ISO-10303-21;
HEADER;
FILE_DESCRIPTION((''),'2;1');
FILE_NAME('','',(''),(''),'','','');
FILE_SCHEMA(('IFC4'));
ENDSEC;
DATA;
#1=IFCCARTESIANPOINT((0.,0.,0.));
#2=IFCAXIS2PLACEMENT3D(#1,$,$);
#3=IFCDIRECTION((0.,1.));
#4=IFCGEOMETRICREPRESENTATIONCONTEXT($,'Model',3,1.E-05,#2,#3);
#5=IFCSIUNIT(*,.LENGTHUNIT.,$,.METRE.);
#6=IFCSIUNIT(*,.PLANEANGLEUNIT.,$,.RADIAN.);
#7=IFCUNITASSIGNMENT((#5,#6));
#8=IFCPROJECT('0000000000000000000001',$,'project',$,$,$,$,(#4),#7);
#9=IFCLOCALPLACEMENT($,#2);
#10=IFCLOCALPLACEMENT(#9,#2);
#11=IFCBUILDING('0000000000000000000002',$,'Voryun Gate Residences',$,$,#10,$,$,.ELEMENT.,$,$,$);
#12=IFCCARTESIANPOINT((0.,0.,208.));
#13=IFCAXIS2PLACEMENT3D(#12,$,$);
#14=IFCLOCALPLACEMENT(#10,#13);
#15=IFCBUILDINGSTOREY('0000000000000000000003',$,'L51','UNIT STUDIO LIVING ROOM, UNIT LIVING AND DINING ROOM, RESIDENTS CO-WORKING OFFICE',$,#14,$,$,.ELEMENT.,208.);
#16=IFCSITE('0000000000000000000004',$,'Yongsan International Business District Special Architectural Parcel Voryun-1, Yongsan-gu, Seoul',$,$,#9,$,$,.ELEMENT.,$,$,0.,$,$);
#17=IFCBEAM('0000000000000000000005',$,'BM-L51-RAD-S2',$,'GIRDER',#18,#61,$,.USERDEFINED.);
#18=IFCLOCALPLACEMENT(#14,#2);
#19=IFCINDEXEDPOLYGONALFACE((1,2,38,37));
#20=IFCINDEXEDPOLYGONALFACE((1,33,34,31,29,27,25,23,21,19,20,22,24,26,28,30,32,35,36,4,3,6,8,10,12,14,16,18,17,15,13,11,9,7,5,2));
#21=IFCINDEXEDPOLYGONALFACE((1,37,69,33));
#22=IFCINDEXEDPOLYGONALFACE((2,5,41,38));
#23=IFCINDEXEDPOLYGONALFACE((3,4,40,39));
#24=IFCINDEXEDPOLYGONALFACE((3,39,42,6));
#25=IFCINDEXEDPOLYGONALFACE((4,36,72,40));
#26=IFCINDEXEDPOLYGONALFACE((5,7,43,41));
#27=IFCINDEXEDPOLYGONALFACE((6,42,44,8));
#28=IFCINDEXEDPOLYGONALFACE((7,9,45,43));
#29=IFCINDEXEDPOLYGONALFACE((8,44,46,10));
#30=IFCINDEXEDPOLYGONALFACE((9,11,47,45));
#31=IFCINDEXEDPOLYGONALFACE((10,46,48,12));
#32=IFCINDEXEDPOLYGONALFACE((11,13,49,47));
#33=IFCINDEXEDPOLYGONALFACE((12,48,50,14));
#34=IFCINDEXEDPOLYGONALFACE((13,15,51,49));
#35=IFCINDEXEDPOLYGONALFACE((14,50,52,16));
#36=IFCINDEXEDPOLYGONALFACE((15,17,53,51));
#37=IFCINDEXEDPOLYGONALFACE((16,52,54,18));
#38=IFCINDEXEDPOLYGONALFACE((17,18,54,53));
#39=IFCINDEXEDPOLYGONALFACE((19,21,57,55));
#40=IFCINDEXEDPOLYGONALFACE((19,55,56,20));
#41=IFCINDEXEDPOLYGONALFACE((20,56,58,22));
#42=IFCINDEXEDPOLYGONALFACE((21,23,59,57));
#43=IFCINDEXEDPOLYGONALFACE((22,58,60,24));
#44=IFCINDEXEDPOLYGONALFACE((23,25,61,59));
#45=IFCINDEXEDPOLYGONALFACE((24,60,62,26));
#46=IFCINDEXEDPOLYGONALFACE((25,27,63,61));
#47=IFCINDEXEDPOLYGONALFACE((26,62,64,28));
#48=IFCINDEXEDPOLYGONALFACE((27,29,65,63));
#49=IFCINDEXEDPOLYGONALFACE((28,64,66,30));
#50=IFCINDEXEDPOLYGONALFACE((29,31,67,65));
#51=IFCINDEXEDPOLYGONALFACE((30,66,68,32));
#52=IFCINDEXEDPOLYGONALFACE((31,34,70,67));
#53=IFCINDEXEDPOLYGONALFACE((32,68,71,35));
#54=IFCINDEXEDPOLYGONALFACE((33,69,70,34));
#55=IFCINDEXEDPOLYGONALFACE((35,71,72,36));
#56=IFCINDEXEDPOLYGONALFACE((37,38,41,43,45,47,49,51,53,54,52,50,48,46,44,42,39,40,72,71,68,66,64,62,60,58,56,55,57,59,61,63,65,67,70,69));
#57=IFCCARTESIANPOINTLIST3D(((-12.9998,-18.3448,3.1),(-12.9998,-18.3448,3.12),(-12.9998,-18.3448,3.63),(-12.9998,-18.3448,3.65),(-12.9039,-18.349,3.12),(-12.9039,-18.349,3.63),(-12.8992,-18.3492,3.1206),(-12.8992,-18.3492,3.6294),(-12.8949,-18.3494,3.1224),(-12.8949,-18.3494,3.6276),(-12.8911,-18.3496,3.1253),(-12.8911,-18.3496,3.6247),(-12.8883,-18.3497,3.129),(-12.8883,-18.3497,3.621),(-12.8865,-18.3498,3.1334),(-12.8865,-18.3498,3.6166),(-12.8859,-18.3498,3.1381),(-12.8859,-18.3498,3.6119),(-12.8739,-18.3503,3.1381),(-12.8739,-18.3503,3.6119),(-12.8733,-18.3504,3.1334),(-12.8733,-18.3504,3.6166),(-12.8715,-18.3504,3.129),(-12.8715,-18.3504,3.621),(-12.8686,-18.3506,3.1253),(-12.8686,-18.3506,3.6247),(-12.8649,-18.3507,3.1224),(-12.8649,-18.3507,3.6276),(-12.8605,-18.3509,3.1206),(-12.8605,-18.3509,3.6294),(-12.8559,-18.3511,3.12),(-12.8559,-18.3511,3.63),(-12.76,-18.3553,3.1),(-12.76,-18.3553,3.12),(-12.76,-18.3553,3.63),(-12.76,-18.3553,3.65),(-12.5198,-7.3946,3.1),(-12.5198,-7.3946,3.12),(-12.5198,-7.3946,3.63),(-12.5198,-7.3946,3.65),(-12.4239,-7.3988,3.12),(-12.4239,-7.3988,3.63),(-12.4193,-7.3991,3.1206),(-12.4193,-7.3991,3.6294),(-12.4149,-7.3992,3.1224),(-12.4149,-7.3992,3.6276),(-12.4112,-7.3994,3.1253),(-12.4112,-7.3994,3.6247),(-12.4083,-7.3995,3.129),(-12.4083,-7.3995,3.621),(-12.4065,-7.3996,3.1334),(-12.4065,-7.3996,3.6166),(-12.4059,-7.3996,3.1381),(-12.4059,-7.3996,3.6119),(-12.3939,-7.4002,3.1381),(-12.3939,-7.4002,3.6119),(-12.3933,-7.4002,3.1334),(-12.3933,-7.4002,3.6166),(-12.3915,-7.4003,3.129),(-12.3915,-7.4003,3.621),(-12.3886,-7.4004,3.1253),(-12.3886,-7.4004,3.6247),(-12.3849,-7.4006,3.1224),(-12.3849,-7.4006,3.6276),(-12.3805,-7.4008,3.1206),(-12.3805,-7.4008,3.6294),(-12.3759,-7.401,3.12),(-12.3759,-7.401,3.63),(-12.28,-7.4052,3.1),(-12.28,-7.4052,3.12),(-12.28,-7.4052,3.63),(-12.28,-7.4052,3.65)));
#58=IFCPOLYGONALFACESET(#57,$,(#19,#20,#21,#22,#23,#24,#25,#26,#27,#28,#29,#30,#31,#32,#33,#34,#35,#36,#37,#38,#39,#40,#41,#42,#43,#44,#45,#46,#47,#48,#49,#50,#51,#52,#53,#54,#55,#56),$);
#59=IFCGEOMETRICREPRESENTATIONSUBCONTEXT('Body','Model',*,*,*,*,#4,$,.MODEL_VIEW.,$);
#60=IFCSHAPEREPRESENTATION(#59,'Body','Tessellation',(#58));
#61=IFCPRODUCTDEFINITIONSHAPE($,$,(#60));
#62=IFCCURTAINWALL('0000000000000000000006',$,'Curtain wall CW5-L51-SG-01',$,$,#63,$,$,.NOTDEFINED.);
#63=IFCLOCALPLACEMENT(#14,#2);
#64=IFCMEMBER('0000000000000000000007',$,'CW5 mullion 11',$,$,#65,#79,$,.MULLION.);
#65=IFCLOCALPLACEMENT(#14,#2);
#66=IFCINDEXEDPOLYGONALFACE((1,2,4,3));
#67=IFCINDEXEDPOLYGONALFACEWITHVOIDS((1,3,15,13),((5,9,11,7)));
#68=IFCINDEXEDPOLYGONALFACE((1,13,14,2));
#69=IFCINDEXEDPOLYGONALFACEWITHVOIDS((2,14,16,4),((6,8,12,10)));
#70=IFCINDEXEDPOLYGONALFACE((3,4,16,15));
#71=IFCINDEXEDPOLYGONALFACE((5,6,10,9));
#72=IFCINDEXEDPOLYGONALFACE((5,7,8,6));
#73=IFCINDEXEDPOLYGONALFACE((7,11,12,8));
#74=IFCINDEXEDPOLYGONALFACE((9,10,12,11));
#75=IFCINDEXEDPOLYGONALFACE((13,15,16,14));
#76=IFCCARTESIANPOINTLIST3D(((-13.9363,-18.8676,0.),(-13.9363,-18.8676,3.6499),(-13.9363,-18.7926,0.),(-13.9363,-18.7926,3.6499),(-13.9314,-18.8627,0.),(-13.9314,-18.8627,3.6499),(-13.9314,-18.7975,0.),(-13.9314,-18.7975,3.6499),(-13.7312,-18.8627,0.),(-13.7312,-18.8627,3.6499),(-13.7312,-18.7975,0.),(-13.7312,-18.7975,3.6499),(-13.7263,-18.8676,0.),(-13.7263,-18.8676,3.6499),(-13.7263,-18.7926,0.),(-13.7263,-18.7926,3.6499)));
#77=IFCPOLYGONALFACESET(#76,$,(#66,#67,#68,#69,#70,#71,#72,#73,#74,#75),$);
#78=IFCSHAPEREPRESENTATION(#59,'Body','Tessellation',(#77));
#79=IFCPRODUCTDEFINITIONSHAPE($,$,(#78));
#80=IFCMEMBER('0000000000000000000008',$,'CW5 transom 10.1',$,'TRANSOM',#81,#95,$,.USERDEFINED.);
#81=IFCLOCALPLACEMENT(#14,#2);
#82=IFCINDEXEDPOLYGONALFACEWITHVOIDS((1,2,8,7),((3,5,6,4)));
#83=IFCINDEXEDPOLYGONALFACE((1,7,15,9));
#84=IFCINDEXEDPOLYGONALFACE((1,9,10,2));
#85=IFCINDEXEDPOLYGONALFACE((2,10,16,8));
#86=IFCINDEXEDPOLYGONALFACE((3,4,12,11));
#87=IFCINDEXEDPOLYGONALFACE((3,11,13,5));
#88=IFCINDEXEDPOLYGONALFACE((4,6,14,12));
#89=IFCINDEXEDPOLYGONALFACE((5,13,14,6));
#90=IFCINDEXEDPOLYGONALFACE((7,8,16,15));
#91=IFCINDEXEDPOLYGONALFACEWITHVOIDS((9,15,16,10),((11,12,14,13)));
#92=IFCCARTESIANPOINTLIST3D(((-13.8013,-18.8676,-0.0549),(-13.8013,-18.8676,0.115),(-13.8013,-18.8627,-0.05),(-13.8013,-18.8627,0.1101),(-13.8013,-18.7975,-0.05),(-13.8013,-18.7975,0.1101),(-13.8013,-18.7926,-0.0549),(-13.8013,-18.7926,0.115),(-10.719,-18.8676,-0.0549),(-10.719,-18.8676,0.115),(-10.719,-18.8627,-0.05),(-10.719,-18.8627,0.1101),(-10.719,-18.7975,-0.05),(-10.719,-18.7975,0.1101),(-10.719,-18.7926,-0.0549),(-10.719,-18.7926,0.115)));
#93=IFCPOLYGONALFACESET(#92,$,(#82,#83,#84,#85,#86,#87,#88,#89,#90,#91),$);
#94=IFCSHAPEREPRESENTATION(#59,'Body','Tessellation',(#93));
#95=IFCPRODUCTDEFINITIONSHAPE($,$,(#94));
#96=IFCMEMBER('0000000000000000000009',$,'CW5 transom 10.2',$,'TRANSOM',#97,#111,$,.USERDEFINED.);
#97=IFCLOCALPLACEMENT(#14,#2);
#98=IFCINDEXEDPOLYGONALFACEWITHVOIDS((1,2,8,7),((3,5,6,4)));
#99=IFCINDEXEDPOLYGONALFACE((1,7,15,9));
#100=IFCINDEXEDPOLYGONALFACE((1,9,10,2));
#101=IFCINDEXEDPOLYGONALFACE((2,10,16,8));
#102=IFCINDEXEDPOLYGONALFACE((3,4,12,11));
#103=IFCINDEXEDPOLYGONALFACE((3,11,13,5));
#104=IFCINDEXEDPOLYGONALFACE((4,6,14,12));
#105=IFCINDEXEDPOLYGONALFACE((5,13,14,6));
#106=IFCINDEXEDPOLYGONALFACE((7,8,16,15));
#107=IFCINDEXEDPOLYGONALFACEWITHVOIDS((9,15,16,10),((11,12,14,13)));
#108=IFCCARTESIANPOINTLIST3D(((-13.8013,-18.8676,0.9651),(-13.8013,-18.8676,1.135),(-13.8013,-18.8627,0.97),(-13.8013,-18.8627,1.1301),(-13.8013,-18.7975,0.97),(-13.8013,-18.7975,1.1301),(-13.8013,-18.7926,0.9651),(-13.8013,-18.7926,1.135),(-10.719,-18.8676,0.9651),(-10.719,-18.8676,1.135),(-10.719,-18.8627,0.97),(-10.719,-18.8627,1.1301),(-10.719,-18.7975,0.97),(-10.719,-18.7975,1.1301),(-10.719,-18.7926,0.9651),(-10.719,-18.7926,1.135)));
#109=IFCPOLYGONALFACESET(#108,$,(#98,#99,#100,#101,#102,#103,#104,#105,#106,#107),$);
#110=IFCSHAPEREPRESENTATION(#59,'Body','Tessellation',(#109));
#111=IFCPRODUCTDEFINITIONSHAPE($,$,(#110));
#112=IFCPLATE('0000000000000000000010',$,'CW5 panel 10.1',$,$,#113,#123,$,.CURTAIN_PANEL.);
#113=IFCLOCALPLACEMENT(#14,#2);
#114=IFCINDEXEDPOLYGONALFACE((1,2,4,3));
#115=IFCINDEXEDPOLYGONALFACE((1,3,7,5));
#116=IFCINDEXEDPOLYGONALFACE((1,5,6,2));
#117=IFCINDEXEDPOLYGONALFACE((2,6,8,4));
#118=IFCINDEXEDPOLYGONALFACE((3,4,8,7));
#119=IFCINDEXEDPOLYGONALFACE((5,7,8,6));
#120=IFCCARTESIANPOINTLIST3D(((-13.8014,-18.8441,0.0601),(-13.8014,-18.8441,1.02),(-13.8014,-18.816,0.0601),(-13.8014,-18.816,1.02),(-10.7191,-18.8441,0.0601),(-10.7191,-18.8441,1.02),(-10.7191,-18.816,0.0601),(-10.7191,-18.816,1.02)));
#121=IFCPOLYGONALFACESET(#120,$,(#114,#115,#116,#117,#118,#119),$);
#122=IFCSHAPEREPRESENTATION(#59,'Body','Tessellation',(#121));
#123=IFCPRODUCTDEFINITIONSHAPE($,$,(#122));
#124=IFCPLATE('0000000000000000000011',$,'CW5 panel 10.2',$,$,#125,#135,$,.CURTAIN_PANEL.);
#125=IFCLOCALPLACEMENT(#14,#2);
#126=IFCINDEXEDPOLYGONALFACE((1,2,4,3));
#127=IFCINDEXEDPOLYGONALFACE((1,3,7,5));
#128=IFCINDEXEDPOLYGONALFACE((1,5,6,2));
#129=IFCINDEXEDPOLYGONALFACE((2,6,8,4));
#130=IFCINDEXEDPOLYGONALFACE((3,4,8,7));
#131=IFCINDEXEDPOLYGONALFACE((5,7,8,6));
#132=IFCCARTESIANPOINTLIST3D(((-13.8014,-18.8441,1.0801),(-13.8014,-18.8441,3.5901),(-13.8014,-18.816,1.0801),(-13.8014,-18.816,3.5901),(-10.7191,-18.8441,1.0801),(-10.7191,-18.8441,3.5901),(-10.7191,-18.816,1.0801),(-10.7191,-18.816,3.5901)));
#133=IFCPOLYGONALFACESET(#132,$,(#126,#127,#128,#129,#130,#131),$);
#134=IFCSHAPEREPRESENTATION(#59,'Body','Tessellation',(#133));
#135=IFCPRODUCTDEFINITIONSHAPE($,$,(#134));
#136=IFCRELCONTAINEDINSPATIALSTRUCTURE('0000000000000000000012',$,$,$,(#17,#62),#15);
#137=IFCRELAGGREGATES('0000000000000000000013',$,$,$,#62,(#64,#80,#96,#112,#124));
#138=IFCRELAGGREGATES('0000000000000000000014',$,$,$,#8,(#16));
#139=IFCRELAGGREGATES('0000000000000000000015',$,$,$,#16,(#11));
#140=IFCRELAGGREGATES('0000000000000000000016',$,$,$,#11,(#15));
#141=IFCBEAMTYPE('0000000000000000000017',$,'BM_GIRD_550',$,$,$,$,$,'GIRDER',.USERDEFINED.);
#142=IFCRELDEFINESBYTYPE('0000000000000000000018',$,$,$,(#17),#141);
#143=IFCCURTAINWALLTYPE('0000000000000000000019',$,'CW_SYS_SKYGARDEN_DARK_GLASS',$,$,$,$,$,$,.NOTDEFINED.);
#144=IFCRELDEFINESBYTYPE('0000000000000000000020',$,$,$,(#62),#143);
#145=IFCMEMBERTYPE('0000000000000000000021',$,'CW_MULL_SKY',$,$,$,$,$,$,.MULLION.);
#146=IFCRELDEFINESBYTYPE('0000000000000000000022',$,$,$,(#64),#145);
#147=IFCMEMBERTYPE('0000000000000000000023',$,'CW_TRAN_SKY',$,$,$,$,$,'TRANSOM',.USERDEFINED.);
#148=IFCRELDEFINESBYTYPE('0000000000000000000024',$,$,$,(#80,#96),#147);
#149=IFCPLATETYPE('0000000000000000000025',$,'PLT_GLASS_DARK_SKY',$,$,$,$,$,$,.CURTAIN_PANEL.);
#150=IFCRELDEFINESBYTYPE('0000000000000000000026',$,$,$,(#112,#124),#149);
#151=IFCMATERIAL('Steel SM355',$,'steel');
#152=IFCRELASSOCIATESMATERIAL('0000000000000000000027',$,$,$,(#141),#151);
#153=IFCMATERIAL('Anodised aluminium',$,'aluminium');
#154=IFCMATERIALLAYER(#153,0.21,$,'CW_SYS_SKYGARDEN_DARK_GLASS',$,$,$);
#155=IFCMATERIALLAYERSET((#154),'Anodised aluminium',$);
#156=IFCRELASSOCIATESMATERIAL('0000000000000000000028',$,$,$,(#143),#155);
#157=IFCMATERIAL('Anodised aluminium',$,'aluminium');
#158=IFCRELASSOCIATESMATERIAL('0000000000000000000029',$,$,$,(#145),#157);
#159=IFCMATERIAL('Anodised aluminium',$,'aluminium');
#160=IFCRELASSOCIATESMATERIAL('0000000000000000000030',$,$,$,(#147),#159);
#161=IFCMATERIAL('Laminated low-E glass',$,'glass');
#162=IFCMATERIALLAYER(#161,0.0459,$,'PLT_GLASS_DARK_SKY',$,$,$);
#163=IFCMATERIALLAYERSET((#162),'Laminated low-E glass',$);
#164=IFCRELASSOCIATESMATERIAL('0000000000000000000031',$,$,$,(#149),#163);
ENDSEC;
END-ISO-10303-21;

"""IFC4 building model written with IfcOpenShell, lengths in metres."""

from ifc_helpers import new_model, si_unit, direction, frame, origin, origin_2d, place, context, subcontext, project, spatial, rectangle, hollow_rectangle, i_section, extrude, material, layer, layer_set, material_profile, profile_set, type_object, element, aggregate, save


model = new_model("IFC4")

# Units and contexts
model_context = context("Model", 3, precision=1e-05, world=origin(), true_north=direction((0.0, 1.0)))
body_context = subcontext(model_context, "Body", "Model", "MODEL_VIEW")
ifc_project = project(units=[si_unit("LENGTHUNIT", "METRE"), si_unit("PLANEANGLEUNIT", "RADIAN")], contexts=[model_context])

# Site, building, storey
site_placement = place(None, origin())
site = spatial("IfcSite", under=ifc_project, at=site_placement, Name="Yongsan International Business District Special Architectural Parcel Voryun-1, Yongsan-gu, Seoul", CompositionType="ELEMENT", RefElevation=0.0)
building_placement = place(site_placement, origin())
building = spatial("IfcBuilding", under=site, at=building_placement, Name="Voryun Gate Residences", CompositionType="ELEMENT")
storey_placement = place(building_placement, frame((0.0, 0.0, 208.0)))
storey = spatial("IfcBuildingStorey", under=building, at=storey_placement, Name="L51", Description="UNIT STUDIO LIVING ROOM, UNIT LIVING AND DINING ROOM, RESIDENTS CO-WORKING OFFICE", CompositionType="ELEMENT", Elevation=208.0)

# Beam
ifc_material_1 = material(Name="Steel SM355", Category="steel")
ifc_material_profile_1 = material_profile(ifc_material_1, i_section(OverallWidth=0.24, OverallDepth=0.55, WebThickness=0.012, FlangeThickness=0.02, FilletRadius=0.0181, at=origin_2d()), Name="H-550x240x12x20")
ifc_profile_set_1 = profile_set([ifc_material_profile_1], Name="Steel SM355")
beam_type_1 = type_object("IfcBeamType", Name="BM_GIRD_550", ElementType="GIRDER", PredefinedType="USERDEFINED", material=ifc_profile_set_1)
beam_1_placement = place(storey_placement, frame((-12.3999, -7.3999, 3.375), z_axis=(-0.043791, -0.999041, 0.0), x_axis=(0.999041, -0.043791, 0.0)))
element("IfcBeam", 1, at=beam_1_placement, inside=storey, type_object=beam_type_1, Name="BM-L51-RAD-S2", ObjectType="GIRDER", PredefinedType="USERDEFINED", context=body_context, shape_type="SweptSolid", body=[
    extrude(i_section(OverallWidth=0.24, OverallDepth=0.55, WebThickness=0.012, FlangeThickness=0.02, FilletRadius=0.0181, at=origin_2d()), origin(), (0.0, 0.0, 1.0), 10.9607),
])

# Curtain wall, members, plates
ifc_material_2 = material(Name="Anodised aluminium", Category="aluminium")
ifc_layer_1 = layer(ifc_material_2, 0.21, Name="CW_SYS_SKYGARDEN_DARK_GLASS")
ifc_layer_set_1 = layer_set([ifc_layer_1], Name="Anodised aluminium")
curtain_wall_type = type_object("IfcCurtainWallType", Name="CW_SYS_SKYGARDEN_DARK_GLASS", PredefinedType="NOTDEFINED", material=ifc_layer_set_1)
curtain_wall_placement = place(storey_placement, origin())
curtain_wall = element("IfcCurtainWall", 2, at=curtain_wall_placement, inside=storey, type_object=curtain_wall_type, Name="Curtain wall CW5-L51-SG-01", PredefinedType="NOTDEFINED")
ifc_material_3 = material(Name="Anodised aluminium", Category="aluminium")
ifc_material_profile_2 = material_profile(ifc_material_3, hollow_rectangle(XDim=0.075, YDim=0.21, WallThickness=0.0049, at=origin_2d()), Name="ALU-MULL-210x75x5")
ifc_profile_set_2 = profile_set([ifc_material_profile_2], Name="Anodised aluminium")
member_type_1 = type_object("IfcMemberType", Name="CW_MULL_SKY", PredefinedType="MULLION", material=ifc_profile_set_2)
member_1_placement = place(storey_placement, frame((-13.8313, -18.8301, 0.0), z_axis=(0.0, 0.0, 1.0), x_axis=(0.0, -1.0, 0.0)))
member_1 = element("IfcMember", 3, at=member_1_placement, type_object=member_type_1, Name="CW5 mullion 11", PredefinedType="MULLION", context=body_context, shape_type="SweptSolid", body=[
    extrude(hollow_rectangle(XDim=0.075, YDim=0.21, WallThickness=0.0049, at=origin_2d()), origin(), (0.0, 0.0, 1.0), 3.6499),
])
ifc_material_4 = material(Name="Anodised aluminium", Category="aluminium")
ifc_material_profile_3 = material_profile(ifc_material_4, hollow_rectangle(XDim=0.075, YDim=0.1699, WallThickness=0.0049, at=origin_2d()), Name="ALU-TRAN-170x75x5")
ifc_profile_set_3 = profile_set([ifc_material_profile_3], Name="Anodised aluminium")
member_type_2 = type_object("IfcMemberType", Name="CW_TRAN_SKY", ElementType="TRANSOM", PredefinedType="USERDEFINED", material=ifc_profile_set_3)
member_2_placement = place(storey_placement, frame((-10.719, -18.8301, 0.03), z_axis=(-1.0, 0.0, 0.0), x_axis=(0.0, -1.0, 0.0)))
member_2 = element("IfcMember", 4, at=member_2_placement, type_object=member_type_2, Name="CW5 transom 10.1", ObjectType="TRANSOM", PredefinedType="USERDEFINED", context=body_context, shape_type="SweptSolid", body=[
    extrude(hollow_rectangle(XDim=0.075, YDim=0.1699, WallThickness=0.0049, at=origin_2d()), origin(), (0.0, 0.0, 1.0), 3.0823),
])
member_3_placement = place(storey_placement, frame((-10.719, -18.8301, 1.05), z_axis=(-1.0, 0.0, 0.0), x_axis=(0.0, -1.0, 0.0)))
member_3 = element("IfcMember", 5, at=member_3_placement, type_object=member_type_2, Name="CW5 transom 10.2", ObjectType="TRANSOM", PredefinedType="USERDEFINED", context=body_context, shape_type="SweptSolid", body=[
    extrude(hollow_rectangle(XDim=0.075, YDim=0.1699, WallThickness=0.0049, at=origin_2d()), origin(), (0.0, 0.0, 1.0), 3.0823),
])
ifc_material_5 = material(Name="Laminated low-E glass", Category="glass")
ifc_layer_2 = layer(ifc_material_5, 0.0459, Name="PLT_GLASS_DARK_SKY")
ifc_layer_set_2 = layer_set([ifc_layer_2], Name="Laminated low-E glass")
plate_type = type_object("IfcPlateType", Name="PLT_GLASS_DARK_SKY", PredefinedType="CURTAIN_PANEL", material=ifc_layer_set_2)
plate_1_placement = place(storey_placement, frame((-12.2603, -18.8301, 0.0601), z_axis=(0.0, 0.0, 1.0), x_axis=(-1.0, 0.0, 0.0)))
plate_1 = element("IfcPlate", 6, at=plate_1_placement, type_object=plate_type, Name="CW5 panel 10.1", PredefinedType="CURTAIN_PANEL", context=body_context, shape_type="SweptSolid", body=[
    extrude(rectangle(XDim=3.0823, YDim=0.0281, at=origin_2d()), origin(), (0.0, 0.0, 1.0), 0.96),
])
plate_2_placement = place(storey_placement, frame((-12.2603, -18.8301, 1.0801), z_axis=(0.0, 0.0, 1.0), x_axis=(-1.0, 0.0, 0.0)))
plate_2 = element("IfcPlate", 7, at=plate_2_placement, type_object=plate_type, Name="CW5 panel 10.2", PredefinedType="CURTAIN_PANEL", context=body_context, shape_type="SweptSolid", body=[
    extrude(rectangle(XDim=3.0823, YDim=0.0281, at=origin_2d()), origin(), (0.0, 0.0, 1.0), 2.51),
])
aggregate(curtain_wall, [member_1, member_2, member_3, plate_1, plate_2])

save(model, "model.ifc")
